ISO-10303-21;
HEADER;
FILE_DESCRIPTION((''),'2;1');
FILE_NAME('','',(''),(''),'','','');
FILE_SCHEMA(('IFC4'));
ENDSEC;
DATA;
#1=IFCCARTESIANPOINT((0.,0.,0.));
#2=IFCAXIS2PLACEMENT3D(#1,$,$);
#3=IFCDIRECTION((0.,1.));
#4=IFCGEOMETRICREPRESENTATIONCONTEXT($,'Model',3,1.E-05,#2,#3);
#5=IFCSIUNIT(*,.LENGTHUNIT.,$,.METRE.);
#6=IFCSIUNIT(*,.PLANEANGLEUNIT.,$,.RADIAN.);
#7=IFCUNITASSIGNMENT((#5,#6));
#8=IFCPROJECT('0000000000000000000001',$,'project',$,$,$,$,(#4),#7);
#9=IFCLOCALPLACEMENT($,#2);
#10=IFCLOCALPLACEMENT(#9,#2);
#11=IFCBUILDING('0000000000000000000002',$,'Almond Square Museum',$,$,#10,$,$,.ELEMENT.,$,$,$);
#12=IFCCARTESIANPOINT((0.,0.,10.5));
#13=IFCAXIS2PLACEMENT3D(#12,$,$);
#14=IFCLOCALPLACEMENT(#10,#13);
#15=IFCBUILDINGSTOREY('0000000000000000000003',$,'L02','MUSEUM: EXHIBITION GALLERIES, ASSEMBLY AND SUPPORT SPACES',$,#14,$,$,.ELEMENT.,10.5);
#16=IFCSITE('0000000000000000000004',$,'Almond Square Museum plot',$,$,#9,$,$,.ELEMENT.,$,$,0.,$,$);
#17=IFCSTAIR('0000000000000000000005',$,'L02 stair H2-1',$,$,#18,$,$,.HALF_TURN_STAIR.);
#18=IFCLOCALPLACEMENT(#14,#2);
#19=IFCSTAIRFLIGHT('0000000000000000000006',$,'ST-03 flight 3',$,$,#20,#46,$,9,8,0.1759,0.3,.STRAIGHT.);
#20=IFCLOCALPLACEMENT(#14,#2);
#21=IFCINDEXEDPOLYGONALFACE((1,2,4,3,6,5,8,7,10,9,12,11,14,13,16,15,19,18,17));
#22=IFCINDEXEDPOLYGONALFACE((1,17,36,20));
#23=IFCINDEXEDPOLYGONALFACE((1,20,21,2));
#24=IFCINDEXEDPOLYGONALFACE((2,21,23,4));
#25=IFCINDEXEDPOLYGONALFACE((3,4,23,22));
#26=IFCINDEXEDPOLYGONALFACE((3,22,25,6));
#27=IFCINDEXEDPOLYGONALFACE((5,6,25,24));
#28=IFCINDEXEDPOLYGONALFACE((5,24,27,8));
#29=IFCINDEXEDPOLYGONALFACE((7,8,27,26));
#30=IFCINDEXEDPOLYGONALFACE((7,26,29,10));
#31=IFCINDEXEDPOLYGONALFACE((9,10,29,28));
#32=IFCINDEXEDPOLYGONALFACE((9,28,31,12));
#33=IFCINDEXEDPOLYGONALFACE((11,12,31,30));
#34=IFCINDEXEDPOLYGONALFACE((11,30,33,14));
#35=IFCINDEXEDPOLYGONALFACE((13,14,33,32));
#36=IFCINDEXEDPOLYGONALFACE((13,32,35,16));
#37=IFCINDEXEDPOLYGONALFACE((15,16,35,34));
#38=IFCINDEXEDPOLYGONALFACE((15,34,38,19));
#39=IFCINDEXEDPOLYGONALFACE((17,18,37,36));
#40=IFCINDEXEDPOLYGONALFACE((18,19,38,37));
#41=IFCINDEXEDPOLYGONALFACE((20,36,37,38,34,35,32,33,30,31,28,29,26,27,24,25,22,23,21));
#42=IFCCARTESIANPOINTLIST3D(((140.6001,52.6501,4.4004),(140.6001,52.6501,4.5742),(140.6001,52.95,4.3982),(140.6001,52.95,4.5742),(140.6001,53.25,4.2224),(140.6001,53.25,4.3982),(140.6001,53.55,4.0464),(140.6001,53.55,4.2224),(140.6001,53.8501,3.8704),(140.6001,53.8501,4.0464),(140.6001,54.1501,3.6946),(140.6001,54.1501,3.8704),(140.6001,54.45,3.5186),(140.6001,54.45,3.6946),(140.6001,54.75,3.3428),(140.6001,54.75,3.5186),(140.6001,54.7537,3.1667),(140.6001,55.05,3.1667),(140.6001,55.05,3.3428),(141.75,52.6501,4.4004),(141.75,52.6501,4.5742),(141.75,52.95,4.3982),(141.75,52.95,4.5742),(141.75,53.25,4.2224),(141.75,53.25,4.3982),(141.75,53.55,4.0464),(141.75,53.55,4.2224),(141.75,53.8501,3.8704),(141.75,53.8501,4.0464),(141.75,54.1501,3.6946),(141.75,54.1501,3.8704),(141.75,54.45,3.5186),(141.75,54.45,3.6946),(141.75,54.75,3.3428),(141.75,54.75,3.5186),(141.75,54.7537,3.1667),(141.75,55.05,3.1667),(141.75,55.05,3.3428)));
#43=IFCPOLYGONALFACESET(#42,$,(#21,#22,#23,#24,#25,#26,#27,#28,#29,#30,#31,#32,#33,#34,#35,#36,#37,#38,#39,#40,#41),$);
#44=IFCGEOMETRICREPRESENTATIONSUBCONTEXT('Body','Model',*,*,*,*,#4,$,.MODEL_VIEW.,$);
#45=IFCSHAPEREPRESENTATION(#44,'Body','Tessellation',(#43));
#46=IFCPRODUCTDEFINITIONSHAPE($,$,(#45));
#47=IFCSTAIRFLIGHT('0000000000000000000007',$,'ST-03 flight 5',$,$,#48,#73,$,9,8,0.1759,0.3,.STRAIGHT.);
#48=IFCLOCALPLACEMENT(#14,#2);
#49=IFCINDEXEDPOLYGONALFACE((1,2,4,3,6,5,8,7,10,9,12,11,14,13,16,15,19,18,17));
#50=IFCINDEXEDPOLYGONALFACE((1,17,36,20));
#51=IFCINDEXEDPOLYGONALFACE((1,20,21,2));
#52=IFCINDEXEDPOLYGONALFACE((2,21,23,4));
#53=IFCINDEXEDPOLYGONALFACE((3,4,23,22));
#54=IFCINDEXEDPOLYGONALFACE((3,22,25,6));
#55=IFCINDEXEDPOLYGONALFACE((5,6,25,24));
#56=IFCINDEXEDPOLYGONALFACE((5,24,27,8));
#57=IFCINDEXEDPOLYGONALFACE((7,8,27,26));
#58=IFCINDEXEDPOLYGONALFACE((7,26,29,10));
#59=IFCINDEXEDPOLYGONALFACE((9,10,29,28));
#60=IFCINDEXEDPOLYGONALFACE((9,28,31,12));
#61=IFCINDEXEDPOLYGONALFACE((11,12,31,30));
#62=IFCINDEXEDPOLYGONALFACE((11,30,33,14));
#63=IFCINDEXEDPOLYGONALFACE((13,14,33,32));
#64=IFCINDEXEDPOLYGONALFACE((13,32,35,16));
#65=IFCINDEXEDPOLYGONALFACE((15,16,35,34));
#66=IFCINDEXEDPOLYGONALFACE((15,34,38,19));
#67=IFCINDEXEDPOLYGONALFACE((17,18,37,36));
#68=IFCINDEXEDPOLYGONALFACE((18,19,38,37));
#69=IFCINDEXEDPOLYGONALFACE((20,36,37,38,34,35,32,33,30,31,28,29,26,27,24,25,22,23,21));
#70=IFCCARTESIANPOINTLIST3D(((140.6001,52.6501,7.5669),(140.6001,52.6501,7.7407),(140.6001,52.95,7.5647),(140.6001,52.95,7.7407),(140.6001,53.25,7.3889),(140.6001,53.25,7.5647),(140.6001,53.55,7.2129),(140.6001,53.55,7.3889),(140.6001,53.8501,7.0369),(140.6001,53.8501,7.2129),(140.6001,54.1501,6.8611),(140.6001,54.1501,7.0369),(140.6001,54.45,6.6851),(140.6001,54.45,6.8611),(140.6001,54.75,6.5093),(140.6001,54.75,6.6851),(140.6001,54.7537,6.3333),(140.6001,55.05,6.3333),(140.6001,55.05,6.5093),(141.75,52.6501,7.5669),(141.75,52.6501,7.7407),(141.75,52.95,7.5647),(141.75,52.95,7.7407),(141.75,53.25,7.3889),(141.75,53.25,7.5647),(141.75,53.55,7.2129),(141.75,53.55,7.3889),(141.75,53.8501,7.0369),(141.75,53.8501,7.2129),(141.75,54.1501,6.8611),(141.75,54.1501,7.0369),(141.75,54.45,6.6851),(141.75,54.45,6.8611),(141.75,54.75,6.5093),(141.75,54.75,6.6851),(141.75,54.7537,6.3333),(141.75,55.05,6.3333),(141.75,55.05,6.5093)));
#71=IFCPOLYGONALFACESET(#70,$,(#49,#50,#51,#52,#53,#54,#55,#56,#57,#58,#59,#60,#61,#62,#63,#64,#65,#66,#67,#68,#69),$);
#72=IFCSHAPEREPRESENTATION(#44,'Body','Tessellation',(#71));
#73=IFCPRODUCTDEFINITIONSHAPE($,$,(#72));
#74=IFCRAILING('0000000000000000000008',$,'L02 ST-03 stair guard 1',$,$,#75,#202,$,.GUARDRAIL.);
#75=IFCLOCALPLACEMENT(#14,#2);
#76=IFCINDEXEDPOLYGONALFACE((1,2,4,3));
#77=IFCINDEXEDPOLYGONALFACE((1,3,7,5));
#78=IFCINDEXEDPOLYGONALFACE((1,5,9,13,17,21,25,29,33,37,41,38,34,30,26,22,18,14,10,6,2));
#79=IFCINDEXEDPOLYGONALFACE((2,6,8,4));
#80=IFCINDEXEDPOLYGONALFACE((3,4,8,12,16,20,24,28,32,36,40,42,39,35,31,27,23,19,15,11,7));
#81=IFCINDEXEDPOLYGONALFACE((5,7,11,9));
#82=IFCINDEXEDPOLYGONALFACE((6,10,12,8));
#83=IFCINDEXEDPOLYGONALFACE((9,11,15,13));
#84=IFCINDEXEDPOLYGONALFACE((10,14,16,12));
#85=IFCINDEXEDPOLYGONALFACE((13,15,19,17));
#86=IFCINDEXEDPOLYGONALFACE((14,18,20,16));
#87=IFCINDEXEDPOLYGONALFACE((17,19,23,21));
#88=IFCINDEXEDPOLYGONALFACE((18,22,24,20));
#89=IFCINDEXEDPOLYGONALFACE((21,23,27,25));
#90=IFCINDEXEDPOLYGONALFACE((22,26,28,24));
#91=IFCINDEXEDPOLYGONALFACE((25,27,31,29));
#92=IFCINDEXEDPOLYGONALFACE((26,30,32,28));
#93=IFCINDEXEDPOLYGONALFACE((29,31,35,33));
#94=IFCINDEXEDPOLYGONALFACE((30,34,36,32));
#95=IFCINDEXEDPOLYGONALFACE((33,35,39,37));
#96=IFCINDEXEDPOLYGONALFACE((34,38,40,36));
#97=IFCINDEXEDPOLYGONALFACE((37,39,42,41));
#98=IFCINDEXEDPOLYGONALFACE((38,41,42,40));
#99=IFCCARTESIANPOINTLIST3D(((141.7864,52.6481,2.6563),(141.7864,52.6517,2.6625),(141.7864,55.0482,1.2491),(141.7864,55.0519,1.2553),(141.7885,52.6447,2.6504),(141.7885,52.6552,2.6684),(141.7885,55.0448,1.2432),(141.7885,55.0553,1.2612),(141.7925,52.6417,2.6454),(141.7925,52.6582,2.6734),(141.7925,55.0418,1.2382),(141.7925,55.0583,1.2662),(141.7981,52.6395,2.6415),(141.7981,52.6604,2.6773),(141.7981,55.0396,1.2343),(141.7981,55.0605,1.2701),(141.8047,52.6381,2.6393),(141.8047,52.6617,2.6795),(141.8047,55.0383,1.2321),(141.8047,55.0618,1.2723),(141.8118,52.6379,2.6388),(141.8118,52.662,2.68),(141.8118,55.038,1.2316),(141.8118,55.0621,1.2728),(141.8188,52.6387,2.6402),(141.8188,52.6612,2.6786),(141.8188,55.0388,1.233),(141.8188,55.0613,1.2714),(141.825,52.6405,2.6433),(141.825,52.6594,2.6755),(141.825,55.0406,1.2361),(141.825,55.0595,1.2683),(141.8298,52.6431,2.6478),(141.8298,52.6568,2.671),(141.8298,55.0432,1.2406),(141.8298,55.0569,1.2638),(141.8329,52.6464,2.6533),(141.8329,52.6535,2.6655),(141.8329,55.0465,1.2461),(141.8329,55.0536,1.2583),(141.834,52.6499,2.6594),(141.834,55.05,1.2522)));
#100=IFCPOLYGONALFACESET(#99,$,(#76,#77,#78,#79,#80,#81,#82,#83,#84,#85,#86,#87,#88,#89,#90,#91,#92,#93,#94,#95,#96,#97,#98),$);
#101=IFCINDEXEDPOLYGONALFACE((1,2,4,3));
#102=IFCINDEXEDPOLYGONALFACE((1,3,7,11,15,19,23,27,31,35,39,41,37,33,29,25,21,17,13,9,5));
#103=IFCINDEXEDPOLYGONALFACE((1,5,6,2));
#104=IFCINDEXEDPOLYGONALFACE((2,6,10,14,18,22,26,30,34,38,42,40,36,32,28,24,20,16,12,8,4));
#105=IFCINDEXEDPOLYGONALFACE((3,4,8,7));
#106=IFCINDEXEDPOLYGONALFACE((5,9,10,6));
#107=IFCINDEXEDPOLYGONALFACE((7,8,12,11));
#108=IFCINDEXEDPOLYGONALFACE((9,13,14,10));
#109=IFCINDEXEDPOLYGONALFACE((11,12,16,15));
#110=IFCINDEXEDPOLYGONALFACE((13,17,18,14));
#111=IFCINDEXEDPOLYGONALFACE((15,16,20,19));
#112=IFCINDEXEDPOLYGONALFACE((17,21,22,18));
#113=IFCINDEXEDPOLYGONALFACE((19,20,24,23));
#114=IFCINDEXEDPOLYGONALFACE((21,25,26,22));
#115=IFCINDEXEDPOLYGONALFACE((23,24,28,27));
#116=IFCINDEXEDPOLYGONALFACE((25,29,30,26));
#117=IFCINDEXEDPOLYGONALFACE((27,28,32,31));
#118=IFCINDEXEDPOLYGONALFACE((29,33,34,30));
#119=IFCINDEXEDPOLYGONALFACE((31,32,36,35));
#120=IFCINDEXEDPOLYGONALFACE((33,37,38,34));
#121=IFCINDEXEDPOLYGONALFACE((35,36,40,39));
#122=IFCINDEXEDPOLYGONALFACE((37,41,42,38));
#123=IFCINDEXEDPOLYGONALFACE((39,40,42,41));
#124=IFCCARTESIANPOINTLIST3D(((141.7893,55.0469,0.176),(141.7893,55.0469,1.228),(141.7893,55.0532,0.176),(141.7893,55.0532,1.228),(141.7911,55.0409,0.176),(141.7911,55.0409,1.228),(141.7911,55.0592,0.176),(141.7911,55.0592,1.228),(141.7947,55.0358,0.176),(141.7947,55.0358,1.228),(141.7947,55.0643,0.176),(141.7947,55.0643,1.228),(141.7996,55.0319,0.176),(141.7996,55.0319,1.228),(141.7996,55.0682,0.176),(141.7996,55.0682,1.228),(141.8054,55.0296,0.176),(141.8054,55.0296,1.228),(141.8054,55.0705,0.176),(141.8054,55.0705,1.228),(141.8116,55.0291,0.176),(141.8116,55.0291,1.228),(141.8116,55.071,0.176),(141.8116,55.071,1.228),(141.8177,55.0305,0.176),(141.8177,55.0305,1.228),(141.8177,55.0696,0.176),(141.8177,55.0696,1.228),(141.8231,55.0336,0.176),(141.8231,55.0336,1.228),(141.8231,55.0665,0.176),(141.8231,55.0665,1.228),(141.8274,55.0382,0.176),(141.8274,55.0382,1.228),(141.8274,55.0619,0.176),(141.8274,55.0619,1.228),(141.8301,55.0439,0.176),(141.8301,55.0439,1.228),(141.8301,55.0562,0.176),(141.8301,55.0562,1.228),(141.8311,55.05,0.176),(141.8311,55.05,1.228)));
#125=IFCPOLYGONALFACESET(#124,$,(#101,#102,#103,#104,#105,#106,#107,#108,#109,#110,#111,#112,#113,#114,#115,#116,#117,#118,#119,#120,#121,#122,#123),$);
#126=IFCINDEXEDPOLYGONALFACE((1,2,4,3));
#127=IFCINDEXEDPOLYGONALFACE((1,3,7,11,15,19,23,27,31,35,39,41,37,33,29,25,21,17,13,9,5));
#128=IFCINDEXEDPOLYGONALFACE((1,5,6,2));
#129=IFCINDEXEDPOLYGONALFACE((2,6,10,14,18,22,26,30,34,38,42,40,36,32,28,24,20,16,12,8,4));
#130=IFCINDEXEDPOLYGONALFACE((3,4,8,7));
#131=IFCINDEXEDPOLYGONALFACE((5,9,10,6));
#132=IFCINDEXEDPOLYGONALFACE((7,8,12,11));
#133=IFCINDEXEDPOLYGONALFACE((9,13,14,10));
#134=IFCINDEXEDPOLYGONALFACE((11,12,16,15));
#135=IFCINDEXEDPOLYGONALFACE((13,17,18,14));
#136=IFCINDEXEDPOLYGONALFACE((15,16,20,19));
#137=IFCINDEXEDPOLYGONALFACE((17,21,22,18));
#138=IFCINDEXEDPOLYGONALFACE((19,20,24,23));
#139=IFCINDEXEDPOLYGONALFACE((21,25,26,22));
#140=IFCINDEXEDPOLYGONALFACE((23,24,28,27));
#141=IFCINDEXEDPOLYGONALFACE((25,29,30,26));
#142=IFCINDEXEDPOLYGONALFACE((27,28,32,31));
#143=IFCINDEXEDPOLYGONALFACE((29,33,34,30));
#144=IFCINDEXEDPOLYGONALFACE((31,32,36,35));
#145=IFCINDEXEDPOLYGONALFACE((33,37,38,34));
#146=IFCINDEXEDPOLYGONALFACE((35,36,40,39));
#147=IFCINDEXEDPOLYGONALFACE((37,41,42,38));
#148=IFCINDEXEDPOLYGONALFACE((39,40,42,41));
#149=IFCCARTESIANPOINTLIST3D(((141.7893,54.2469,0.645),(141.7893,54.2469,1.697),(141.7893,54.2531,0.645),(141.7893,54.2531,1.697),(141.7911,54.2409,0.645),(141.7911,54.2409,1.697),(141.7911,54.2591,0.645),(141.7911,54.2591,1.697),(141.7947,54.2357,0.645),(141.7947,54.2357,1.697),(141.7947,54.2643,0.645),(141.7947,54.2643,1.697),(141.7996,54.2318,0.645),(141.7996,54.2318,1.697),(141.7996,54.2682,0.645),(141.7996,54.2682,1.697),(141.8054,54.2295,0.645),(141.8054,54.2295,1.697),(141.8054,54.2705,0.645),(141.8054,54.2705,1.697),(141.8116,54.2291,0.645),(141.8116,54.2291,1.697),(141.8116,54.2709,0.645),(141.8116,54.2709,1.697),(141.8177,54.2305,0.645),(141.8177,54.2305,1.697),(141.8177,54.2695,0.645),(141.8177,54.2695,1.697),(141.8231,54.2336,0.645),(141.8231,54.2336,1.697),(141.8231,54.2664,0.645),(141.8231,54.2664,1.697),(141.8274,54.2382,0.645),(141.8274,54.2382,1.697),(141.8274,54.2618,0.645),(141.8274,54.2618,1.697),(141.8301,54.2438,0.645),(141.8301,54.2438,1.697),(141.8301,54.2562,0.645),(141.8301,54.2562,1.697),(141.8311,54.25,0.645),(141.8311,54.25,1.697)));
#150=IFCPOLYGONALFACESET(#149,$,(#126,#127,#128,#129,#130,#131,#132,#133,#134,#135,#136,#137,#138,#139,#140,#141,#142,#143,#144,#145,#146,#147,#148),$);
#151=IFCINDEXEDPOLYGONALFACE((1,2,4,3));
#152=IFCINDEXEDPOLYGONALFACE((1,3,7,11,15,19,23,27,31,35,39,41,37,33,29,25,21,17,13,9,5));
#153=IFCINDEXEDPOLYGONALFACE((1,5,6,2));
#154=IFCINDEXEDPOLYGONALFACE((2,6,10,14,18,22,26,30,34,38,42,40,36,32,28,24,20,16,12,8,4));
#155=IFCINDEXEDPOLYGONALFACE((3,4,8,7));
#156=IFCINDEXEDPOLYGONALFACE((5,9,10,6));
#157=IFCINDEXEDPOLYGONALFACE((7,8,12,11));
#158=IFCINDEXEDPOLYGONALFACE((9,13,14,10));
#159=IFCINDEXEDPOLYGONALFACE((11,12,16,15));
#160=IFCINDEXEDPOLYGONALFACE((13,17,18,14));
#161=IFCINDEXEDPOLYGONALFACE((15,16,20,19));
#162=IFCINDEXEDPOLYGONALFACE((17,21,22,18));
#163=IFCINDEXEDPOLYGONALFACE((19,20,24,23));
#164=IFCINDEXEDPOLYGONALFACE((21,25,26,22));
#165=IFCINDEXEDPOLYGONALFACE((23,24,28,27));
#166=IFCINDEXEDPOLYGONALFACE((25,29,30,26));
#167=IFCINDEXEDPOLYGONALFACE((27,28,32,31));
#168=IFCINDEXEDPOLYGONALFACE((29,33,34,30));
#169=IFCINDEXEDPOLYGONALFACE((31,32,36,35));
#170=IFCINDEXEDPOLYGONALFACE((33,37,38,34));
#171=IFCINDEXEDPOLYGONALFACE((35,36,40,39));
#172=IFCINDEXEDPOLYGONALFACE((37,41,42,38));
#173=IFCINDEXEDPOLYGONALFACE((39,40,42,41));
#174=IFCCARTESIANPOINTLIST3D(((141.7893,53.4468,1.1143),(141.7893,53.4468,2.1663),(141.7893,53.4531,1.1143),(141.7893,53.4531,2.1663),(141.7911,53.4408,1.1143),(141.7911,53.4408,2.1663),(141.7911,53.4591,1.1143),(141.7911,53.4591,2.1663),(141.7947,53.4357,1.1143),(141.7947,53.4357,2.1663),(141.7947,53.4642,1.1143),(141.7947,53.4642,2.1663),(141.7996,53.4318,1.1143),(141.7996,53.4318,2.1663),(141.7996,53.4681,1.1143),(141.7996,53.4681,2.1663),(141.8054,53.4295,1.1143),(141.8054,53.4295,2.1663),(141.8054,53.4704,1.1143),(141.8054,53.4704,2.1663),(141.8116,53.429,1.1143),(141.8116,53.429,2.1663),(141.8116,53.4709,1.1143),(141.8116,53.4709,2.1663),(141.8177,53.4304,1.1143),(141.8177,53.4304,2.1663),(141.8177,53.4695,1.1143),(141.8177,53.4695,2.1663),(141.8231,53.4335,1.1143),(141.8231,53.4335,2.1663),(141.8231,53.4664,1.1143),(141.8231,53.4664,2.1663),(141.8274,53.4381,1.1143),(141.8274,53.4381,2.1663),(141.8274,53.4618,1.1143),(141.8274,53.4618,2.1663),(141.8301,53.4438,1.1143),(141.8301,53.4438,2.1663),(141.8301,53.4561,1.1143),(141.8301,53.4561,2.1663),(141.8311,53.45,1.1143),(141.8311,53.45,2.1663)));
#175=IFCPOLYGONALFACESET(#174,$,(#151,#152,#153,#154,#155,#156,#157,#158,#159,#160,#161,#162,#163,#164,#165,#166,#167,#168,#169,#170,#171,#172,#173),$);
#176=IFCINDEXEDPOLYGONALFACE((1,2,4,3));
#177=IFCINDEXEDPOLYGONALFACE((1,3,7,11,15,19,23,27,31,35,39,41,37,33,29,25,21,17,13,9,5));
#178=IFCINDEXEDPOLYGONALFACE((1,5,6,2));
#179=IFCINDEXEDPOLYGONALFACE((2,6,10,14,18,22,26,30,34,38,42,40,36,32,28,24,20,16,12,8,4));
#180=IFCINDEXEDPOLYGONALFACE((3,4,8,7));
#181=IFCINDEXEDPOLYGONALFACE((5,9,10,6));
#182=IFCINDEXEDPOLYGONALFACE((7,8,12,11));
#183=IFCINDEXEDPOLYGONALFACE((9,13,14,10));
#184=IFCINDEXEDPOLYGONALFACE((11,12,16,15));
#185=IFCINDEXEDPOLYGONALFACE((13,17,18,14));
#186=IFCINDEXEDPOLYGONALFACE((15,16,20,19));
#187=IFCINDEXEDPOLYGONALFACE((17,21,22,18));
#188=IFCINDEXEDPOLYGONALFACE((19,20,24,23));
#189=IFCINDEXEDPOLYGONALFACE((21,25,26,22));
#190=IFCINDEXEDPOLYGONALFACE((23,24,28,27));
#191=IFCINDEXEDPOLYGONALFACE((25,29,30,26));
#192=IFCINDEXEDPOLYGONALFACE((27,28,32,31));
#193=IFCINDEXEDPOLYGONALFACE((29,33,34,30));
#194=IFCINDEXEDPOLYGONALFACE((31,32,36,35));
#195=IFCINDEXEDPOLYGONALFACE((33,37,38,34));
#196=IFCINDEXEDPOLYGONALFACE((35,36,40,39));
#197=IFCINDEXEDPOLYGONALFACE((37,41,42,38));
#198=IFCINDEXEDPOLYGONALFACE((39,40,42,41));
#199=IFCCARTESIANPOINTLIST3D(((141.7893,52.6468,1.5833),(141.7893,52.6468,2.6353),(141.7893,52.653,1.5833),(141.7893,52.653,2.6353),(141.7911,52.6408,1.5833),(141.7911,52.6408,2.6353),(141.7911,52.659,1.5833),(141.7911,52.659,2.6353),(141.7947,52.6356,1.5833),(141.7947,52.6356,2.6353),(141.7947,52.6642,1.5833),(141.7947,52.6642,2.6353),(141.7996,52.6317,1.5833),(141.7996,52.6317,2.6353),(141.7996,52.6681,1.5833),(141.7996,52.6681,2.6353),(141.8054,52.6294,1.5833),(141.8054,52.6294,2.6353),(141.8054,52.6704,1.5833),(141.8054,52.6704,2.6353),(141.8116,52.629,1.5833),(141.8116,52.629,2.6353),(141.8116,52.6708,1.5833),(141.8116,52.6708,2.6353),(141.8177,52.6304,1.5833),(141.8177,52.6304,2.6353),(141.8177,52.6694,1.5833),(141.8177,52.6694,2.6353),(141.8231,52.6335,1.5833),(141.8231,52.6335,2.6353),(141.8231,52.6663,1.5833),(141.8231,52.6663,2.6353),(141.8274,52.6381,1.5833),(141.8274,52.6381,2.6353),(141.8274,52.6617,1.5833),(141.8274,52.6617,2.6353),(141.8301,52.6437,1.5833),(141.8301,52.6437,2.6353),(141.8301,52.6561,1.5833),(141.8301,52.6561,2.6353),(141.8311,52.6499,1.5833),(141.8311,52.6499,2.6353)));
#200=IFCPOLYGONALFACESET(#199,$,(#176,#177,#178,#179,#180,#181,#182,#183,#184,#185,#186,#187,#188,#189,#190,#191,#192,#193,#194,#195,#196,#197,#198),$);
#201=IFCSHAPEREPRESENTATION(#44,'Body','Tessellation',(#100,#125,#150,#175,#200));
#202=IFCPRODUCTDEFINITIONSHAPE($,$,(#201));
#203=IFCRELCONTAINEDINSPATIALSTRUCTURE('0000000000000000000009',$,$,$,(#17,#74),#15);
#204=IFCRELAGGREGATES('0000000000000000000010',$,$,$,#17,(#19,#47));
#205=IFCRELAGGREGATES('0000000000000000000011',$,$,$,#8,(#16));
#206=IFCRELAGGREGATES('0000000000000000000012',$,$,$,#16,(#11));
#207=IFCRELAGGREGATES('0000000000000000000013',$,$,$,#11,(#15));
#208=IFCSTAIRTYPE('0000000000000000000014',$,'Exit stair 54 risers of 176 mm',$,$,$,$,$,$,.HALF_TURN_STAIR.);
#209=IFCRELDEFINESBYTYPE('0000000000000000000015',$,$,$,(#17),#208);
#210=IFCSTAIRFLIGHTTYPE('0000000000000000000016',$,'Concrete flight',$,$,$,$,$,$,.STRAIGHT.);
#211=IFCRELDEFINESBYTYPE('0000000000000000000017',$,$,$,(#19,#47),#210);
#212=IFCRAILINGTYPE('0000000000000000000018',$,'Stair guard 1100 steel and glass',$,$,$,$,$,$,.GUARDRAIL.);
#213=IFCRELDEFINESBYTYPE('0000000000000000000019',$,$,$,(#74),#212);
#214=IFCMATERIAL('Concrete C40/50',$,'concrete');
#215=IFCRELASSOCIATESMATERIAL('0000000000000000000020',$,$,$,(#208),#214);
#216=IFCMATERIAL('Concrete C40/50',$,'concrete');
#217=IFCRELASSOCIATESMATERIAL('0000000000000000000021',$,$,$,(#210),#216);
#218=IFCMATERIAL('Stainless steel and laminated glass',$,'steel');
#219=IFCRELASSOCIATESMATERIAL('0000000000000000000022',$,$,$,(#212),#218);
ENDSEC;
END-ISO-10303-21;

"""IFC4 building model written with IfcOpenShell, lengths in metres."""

from ifc_helpers import new_model, si_unit, direction, frame, origin, origin_2d, place, context, subcontext, project, spatial, polyline, circle, outline, extrude, material, type_object, element, aggregate, save


model = new_model("IFC4")

# Units and contexts
model_context = context("Model", 3, precision=1e-05, world=origin(), true_north=direction((0.0, 1.0)))
body_context = subcontext(model_context, "Body", "Model", "MODEL_VIEW")
ifc_project = project(units=[si_unit("LENGTHUNIT", "METRE"), si_unit("PLANEANGLEUNIT", "RADIAN")], contexts=[model_context])

# Site, building, storey
site_placement = place(None, origin())
site = spatial("IfcSite", under=ifc_project, at=site_placement, Name="Almond Square Museum plot", CompositionType="ELEMENT", RefElevation=0.0)
building_placement = place(site_placement, origin())
building = spatial("IfcBuilding", under=site, at=building_placement, Name="Almond Square Museum", CompositionType="ELEMENT")
storey_placement = place(building_placement, frame((0.0, 0.0, 10.5)))
storey = spatial("IfcBuildingStorey", under=building, at=storey_placement, Name="L02", Description="MUSEUM: EXHIBITION GALLERIES, ASSEMBLY AND SUPPORT SPACES", CompositionType="ELEMENT", Elevation=10.5)

# Stair, stair flights
ifc_material_1 = material(Name="Concrete C40/50", Category="concrete")
stair_type = type_object("IfcStairType", Name="Exit stair 54 risers of 176 mm", PredefinedType="HALF_TURN_STAIR", material=ifc_material_1)
stair_placement = place(storey_placement, origin())
stair = element("IfcStair", 1, at=stair_placement, inside=storey, type_object=stair_type, Name="L02 stair H2-1", PredefinedType="HALF_TURN_STAIR")
ifc_material_2 = material(Name="Concrete C40/50", Category="concrete")
stair_flight_type = type_object("IfcStairFlightType", Name="Concrete flight", PredefinedType="STRAIGHT", material=ifc_material_2)
stair_flight_1_placement = place(storey_placement, frame((141.175, 55.05, 3.1667), z_axis=(0.0, 0.0, 1.0), x_axis=(0.0, -1.0, 0.0)))
stair_flight_1 = element("IfcStairFlight", 2, at=stair_flight_1_placement, type_object=stair_flight_type, Name="ST-03 flight 3", NumberOfRisers=9, NumberOfTreads=8, PredefinedType="STRAIGHT", RiserHeight=0.1759, TreadLength=0.3, context=body_context, shape_type="SweptSolid", body=[
    extrude(outline(polyline([(0.0, 0.0), (0.0, 0.176), (0.3, 0.176), (0.3, 0.3518), (0.6001, 0.3518), (0.6001, 0.5278), (0.8999, 0.5278), (0.8999, 0.7036), (1.2, 0.7036), (1.2, 0.8796), (1.5, 0.8796), (1.5, 1.0557), (1.8, 1.0557), (1.8, 1.2314), (2.1001, 1.2314), (2.1001, 1.4075), (2.3999, 1.4075), (2.3999, 1.5833), (2.3999, 1.2336), (0.2964, 0.0), (0.0, 0.0)])), frame((0.0, 0.575, 0.0), z_axis=(0.0, -1.0, 0.0), x_axis=(1.0, 0.0, 0.0)), (0.0, 0.0, 1.0), 1.1499),
])
stair_flight_2_placement = place(storey_placement, frame((141.175, 55.05, 6.3333), z_axis=(0.0, 0.0, 1.0), x_axis=(0.0, -1.0, 0.0)))
stair_flight_2 = element("IfcStairFlight", 3, at=stair_flight_2_placement, type_object=stair_flight_type, Name="ST-03 flight 5", NumberOfRisers=9, NumberOfTreads=8, PredefinedType="STRAIGHT", RiserHeight=0.1759, TreadLength=0.3, context=body_context, shape_type="SweptSolid", body=[
    extrude(outline(polyline([(0.0, 0.0), (0.0, 0.176), (0.3, 0.176), (0.3, 0.3518), (0.6001, 0.3518), (0.6001, 0.5278), (0.8999, 0.5278), (0.8999, 0.7036), (1.2, 0.7036), (1.2, 0.8796), (1.5, 0.8796), (1.5, 1.0557), (1.8, 1.0557), (1.8, 1.2314), (2.1001, 1.2314), (2.1001, 1.4075), (2.3999, 1.4075), (2.3999, 1.5833), (2.3999, 1.2336), (0.2964, 0.0), (0.0, 0.0)])), frame((0.0, 0.575, 0.0), z_axis=(0.0, -1.0, 0.0), x_axis=(1.0, 0.0, 0.0)), (0.0, 0.0, 1.0), 1.1499),
])
aggregate(stair, [stair_flight_1, stair_flight_2])

# Railing
ifc_material_3 = material(Name="Stainless steel and laminated glass", Category="steel")
railing_type_1 = type_object("IfcRailingType", Name="Stair guard 1100 steel and glass", PredefinedType="GUARDRAIL", material=ifc_material_3)
railing_1_placement = place(storey_placement, frame((141.8101, 55.05, 0.176)))
element("IfcRailing", 4, at=railing_1_placement, inside=storey, type_object=railing_type_1, Name="L02 ST-03 stair guard 1", PredefinedType="GUARDRAIL", context=body_context, shape_type="SweptSolid", body=[
    extrude(circle(Radius=0.0239, at=origin_2d()), frame((0.0, 0.0, 1.0762), z_axis=(0.0, -0.86266, 0.505785), x_axis=(1.0, 0.0, 0.0)), (0.0, 0.0, 1.0), 2.7822),
    extrude(circle(Radius=0.021, at=origin_2d()), origin(), (0.0, 0.0, 1.0), 1.052),
    extrude(circle(Radius=0.021, at=origin_2d()), frame((0.0, -0.8, 0.469)), (0.0, 0.0, 1.0), 1.052),
    extrude(circle(Radius=0.021, at=origin_2d()), frame((0.0, -1.6001, 0.9382)), (0.0, 0.0, 1.0), 1.052),
    extrude(circle(Radius=0.021, at=origin_2d()), frame((0.0, -2.4001, 1.4072)), (0.0, 0.0, 1.0), 1.052),
])

save(model, "model.ifc")
